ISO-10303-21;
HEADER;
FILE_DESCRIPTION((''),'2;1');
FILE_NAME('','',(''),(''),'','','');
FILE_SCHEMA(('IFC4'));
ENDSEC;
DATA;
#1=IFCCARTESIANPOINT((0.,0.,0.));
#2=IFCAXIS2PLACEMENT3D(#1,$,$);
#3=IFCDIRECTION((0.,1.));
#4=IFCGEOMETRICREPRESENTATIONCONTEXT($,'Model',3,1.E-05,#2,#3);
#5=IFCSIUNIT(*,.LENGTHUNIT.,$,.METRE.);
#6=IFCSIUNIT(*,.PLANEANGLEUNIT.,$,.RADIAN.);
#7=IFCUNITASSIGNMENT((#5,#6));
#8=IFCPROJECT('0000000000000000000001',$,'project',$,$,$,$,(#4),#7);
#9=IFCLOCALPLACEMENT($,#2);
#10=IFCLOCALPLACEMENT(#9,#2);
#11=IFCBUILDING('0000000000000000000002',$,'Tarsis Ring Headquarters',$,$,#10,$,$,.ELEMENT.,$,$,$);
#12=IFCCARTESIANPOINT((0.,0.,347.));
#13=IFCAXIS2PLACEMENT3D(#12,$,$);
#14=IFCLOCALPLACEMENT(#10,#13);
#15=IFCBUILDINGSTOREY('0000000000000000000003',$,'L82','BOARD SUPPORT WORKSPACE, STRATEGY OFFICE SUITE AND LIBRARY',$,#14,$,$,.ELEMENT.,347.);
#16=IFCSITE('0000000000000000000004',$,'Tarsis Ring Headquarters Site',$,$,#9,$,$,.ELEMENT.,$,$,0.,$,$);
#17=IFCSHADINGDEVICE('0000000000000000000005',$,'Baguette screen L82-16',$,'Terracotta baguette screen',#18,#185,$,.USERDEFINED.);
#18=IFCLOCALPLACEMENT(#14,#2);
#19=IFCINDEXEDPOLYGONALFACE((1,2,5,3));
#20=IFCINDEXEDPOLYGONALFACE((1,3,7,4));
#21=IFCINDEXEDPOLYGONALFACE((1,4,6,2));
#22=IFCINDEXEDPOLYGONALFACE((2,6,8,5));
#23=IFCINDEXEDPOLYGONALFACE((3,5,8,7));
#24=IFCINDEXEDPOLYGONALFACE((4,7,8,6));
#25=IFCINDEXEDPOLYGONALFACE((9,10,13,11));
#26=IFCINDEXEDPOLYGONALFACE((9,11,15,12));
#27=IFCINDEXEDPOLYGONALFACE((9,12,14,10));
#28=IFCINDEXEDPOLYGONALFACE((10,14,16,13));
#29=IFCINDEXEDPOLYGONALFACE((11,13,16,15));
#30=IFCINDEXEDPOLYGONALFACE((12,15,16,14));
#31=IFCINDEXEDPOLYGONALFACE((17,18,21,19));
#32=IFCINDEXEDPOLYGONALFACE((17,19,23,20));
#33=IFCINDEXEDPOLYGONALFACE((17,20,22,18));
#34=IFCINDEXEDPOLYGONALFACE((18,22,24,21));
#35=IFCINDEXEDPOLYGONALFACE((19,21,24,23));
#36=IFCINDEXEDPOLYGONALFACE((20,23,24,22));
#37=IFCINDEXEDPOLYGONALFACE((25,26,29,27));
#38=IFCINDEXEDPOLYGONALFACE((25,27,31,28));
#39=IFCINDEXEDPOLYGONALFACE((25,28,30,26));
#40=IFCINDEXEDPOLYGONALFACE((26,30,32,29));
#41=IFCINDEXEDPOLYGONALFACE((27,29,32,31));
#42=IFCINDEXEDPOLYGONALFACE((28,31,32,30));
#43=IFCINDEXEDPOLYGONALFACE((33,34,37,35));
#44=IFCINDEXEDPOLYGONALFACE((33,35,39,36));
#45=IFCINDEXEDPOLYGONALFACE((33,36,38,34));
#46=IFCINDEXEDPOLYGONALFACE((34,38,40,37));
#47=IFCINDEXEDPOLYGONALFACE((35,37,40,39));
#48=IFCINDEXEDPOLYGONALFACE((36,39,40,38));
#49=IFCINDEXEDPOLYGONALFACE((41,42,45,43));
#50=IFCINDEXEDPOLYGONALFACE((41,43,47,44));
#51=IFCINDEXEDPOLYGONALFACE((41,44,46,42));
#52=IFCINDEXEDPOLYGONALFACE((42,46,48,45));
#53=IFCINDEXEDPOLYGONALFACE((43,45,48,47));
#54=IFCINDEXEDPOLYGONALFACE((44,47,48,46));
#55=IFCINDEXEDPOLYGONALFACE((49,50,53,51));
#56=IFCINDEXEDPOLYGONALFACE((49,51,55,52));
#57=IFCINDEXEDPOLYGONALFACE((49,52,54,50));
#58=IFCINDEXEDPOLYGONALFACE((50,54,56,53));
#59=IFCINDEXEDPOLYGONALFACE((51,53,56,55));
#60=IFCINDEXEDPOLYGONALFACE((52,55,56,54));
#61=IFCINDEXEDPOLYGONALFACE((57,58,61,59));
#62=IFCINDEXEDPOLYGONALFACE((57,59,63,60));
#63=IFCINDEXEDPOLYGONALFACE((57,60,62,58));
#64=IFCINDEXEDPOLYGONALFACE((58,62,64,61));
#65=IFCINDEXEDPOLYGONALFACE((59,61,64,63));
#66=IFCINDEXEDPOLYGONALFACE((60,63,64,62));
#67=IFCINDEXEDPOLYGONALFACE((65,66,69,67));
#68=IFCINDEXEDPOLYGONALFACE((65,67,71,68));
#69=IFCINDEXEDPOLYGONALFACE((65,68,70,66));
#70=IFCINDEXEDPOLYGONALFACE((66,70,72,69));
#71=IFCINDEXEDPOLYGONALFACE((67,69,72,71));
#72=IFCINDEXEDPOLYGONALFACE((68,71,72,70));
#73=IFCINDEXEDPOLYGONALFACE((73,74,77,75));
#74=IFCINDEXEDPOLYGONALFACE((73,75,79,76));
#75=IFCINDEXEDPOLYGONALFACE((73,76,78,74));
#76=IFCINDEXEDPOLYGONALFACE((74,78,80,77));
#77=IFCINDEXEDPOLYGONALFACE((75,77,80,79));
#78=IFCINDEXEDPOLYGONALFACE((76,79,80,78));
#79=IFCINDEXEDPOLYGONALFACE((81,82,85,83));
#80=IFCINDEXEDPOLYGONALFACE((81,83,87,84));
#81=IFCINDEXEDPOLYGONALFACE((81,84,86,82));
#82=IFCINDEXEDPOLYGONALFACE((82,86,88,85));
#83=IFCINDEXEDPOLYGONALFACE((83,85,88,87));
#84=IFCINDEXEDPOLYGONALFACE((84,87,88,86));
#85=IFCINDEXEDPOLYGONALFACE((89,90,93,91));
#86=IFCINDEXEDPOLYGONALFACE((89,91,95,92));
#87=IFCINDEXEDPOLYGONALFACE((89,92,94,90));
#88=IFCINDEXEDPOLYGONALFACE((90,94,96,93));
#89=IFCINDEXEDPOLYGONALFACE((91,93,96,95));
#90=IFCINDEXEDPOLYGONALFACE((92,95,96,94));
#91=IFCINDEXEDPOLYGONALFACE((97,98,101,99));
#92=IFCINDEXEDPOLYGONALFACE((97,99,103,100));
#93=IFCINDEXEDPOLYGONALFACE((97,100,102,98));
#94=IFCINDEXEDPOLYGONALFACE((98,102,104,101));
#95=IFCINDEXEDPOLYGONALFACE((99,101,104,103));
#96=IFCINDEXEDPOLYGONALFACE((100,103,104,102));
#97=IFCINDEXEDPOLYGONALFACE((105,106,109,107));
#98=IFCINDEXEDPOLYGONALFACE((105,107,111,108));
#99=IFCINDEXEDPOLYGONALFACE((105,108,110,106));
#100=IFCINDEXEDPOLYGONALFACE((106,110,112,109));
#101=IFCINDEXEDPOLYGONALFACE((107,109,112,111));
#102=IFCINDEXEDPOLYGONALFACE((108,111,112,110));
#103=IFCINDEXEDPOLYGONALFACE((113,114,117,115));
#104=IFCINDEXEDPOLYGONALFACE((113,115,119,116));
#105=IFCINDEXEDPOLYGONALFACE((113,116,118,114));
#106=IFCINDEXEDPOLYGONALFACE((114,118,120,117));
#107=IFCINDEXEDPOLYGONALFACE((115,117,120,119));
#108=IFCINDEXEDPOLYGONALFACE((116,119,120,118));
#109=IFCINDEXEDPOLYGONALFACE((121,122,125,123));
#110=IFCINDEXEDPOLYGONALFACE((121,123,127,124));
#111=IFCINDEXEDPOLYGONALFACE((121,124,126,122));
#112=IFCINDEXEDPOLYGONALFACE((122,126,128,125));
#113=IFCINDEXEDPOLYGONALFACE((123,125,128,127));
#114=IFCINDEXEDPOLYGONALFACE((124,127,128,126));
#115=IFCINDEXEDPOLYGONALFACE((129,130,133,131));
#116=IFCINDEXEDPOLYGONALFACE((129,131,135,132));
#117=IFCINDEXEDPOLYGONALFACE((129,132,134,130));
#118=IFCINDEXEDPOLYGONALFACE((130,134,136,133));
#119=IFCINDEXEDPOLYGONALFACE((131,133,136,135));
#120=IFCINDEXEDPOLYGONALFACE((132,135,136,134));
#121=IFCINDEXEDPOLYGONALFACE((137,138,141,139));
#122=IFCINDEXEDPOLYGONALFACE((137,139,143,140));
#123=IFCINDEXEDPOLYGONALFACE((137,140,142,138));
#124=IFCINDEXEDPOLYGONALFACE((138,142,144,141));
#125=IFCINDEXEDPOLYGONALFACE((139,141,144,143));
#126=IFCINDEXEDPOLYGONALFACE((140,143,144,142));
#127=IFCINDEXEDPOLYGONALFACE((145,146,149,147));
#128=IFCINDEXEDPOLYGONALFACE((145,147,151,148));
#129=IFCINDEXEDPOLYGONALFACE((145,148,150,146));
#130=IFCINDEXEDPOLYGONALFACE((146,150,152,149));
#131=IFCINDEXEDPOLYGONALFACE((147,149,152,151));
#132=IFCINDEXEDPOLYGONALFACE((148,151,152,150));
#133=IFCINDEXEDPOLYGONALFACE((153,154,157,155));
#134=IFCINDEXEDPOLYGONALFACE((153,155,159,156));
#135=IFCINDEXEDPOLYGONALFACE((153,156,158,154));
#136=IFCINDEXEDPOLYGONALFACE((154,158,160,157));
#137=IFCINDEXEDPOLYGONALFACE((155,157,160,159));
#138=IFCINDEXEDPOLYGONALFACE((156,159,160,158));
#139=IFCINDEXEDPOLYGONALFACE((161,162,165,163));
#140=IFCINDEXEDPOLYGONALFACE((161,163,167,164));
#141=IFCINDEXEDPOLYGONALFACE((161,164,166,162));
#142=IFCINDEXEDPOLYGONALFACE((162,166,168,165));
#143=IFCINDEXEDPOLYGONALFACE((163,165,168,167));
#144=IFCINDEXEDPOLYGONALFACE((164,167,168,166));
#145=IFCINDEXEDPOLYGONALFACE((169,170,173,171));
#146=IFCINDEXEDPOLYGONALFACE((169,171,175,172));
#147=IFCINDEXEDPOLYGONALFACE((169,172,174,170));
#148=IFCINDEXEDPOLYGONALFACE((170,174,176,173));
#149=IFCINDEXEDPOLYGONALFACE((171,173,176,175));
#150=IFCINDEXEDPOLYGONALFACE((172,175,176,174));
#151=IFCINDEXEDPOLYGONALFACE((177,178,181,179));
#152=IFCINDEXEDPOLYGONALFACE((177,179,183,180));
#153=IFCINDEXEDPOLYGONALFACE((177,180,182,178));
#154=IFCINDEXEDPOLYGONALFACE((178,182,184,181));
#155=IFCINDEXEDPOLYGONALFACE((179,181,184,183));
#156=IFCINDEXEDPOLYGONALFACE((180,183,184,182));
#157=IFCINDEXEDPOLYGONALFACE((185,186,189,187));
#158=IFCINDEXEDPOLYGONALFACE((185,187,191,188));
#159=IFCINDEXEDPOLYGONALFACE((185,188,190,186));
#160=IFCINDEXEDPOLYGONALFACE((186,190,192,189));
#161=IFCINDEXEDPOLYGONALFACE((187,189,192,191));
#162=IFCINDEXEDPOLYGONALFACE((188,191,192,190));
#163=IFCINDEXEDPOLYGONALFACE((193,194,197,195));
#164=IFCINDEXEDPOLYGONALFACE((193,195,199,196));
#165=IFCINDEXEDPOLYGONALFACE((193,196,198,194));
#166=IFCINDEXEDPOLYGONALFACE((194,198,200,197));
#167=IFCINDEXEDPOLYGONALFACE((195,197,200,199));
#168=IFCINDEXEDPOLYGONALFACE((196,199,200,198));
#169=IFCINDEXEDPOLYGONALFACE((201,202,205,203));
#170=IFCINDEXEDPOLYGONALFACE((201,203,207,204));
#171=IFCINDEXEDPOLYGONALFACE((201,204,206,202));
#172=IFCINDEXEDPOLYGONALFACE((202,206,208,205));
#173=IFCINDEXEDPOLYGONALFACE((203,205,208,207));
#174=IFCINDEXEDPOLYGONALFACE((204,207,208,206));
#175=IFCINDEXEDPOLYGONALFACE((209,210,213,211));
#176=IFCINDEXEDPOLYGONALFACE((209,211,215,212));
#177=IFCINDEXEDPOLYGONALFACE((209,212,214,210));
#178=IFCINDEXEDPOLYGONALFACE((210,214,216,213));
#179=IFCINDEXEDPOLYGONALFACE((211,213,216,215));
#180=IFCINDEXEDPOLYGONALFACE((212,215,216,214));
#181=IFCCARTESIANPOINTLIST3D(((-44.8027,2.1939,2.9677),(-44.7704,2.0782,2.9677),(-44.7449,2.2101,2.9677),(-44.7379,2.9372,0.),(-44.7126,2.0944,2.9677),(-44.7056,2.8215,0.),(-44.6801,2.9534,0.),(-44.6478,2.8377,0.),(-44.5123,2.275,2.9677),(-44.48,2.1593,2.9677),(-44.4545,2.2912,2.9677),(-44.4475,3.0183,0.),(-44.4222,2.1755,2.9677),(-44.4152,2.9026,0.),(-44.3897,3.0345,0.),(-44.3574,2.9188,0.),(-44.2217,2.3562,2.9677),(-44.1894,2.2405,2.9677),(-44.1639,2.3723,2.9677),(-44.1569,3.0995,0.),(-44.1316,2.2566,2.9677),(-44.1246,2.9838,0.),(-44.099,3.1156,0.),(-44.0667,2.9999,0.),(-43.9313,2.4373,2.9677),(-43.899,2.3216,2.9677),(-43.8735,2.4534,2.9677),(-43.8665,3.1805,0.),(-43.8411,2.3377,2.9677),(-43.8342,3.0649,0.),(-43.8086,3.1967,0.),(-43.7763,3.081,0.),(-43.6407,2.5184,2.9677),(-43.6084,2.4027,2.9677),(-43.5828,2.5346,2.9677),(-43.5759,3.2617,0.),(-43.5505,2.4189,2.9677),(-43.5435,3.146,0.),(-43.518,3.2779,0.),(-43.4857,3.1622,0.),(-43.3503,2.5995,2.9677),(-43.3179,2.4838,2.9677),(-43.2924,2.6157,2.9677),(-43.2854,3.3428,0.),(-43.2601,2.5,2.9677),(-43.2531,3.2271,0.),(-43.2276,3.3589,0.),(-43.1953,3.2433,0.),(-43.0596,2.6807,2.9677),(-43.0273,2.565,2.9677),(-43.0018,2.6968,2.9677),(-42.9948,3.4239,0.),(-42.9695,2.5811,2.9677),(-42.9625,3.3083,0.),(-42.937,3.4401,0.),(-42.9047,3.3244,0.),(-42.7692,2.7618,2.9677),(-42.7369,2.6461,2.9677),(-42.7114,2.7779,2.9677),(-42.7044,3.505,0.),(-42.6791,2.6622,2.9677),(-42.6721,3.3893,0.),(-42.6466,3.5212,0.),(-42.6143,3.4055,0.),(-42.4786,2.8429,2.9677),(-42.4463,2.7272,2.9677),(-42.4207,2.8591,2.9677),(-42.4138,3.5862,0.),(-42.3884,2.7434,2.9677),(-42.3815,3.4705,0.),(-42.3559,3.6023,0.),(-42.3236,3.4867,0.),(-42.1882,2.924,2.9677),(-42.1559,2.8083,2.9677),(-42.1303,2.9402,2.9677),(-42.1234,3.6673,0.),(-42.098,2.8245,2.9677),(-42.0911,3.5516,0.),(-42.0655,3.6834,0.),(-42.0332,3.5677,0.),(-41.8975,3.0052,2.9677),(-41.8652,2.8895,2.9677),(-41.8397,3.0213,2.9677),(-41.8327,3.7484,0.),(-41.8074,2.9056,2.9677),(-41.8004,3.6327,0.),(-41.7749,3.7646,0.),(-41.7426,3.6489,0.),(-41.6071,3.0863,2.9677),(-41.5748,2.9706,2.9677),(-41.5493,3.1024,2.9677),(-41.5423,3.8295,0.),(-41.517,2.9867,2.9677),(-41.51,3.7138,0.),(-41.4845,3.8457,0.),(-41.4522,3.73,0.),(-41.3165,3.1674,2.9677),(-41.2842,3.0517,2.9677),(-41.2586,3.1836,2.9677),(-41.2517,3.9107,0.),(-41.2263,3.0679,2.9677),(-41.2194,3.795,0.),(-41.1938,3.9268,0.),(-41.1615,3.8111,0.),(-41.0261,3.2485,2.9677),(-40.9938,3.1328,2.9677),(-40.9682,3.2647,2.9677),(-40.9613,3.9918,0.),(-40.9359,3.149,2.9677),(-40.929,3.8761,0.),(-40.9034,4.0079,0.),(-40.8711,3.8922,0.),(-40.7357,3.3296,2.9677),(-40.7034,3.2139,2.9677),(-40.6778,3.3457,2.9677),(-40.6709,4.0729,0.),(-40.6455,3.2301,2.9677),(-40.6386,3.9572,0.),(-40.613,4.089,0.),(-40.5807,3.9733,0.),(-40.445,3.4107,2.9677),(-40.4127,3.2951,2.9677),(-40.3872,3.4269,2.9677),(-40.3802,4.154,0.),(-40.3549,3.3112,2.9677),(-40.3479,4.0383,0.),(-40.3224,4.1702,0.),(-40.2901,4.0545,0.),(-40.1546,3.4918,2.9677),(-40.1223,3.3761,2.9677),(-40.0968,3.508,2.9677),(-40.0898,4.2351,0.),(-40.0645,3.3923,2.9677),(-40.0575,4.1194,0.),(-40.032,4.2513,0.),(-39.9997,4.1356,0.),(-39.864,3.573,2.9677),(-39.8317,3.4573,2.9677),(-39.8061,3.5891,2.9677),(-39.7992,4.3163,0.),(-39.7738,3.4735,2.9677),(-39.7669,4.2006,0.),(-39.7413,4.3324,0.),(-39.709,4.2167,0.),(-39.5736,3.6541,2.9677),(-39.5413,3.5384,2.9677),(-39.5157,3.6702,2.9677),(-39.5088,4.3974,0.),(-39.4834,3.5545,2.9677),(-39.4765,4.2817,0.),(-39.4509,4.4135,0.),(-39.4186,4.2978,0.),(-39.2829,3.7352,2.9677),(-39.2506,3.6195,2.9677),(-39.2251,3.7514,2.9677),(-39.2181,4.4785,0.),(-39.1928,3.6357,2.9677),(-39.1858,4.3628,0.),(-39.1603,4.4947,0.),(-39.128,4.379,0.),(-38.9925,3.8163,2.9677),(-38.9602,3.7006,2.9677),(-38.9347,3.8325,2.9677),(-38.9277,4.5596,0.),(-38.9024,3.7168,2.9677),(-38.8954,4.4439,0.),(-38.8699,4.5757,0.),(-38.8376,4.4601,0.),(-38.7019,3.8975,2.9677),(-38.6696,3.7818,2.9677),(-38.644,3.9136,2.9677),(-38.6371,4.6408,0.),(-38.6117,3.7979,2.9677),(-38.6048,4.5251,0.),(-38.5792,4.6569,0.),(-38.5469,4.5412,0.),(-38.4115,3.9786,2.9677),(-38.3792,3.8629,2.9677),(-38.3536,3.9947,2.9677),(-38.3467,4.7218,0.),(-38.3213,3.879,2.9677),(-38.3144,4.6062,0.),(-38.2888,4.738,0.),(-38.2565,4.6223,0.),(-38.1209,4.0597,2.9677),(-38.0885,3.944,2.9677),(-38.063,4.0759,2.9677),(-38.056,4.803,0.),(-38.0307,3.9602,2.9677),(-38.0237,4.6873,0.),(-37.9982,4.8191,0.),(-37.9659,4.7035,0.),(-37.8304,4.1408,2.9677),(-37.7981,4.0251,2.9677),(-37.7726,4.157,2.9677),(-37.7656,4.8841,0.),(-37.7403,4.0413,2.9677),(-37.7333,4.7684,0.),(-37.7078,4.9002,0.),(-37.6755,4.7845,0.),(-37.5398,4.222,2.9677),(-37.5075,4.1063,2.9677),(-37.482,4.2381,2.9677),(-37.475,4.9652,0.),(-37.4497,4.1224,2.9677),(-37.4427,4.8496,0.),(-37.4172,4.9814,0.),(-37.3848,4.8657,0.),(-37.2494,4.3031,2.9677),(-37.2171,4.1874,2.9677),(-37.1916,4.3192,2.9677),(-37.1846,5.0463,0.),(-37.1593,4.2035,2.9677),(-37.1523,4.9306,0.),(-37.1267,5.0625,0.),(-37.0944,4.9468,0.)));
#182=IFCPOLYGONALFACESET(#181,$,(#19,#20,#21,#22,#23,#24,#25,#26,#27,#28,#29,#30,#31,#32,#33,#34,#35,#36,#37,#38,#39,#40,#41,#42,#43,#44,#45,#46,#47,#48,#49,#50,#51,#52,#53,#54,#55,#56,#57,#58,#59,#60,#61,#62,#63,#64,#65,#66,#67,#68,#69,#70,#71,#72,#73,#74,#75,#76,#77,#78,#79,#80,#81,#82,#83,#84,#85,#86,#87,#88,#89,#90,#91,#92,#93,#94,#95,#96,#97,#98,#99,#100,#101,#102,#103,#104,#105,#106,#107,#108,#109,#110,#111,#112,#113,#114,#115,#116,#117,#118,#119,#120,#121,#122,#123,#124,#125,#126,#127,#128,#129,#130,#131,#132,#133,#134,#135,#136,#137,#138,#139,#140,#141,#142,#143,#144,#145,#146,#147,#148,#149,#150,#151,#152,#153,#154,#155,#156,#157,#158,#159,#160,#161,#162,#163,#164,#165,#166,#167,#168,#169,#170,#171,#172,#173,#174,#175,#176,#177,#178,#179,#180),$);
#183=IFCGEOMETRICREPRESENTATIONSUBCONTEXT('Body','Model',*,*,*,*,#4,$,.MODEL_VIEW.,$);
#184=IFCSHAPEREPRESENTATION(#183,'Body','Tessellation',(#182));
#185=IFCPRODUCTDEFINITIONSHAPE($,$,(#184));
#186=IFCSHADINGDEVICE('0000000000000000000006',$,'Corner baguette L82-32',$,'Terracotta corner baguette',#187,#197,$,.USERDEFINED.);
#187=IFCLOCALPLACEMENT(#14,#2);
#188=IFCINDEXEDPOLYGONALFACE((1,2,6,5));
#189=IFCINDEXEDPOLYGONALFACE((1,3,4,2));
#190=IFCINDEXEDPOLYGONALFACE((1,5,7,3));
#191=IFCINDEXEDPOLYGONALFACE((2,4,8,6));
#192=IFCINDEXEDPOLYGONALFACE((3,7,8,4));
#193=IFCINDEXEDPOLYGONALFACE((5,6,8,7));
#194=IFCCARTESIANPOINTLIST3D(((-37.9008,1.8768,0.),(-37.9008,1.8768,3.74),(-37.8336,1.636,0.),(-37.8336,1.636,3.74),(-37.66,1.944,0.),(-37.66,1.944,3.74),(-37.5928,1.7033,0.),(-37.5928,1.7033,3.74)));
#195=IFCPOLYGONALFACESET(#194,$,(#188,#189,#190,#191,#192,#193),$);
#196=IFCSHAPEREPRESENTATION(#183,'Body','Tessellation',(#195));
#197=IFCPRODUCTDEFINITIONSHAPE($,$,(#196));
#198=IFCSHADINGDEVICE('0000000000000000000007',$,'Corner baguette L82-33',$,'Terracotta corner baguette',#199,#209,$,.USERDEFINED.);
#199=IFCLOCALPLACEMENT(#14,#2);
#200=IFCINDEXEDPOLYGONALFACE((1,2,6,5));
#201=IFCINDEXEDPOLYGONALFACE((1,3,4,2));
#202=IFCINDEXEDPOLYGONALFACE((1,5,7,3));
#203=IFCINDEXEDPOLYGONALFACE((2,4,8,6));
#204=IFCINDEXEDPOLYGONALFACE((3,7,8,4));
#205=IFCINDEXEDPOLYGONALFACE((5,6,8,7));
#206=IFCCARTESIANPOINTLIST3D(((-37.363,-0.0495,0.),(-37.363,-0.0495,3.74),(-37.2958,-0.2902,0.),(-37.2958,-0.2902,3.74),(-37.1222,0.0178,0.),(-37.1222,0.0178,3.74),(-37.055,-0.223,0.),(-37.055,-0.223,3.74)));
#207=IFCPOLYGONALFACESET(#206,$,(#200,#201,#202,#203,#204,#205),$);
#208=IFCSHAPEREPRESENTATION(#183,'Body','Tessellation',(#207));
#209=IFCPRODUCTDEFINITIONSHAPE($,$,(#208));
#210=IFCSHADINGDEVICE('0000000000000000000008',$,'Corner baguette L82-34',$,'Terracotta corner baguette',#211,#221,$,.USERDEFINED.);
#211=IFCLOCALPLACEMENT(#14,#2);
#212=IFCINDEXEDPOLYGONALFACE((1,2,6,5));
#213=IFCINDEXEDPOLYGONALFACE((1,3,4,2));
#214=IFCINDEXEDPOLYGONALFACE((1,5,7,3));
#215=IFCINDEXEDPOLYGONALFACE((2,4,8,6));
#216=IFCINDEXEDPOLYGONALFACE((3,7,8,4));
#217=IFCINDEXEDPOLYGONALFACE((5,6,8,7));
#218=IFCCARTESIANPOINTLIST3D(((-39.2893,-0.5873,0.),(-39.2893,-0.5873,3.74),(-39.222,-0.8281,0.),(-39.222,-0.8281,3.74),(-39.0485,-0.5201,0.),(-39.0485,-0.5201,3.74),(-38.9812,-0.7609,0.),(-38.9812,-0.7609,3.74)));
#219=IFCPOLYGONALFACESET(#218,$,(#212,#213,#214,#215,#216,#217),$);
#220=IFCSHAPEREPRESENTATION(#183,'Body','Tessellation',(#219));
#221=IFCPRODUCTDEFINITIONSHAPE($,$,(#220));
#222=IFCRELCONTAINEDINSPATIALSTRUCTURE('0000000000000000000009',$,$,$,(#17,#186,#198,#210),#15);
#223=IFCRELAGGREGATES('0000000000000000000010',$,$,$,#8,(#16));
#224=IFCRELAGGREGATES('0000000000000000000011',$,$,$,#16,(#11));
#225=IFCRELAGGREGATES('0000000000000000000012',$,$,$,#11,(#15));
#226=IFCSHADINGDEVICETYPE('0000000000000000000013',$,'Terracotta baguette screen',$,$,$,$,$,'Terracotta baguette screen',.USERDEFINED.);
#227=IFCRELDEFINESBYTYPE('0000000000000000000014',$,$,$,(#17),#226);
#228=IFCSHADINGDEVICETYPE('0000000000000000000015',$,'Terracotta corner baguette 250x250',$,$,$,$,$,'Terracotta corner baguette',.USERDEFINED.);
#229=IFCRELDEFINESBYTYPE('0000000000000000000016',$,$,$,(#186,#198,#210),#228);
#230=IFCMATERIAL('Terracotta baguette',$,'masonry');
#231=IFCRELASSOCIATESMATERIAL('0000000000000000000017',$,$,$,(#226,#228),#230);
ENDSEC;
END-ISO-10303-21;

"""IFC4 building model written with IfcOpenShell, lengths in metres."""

from ifc_helpers import new_model, si_unit, direction, frame, frame_2d, origin, origin_2d, place, context, subcontext, project, spatial, rectangle, composite_profile, extrude, material, type_object, element, save


model = new_model("IFC4")

# Units and contexts
model_context = context("Model", 3, precision=1e-05, world=origin(), true_north=direction((0.0, 1.0)))
body_context = subcontext(model_context, "Body", "Model", "MODEL_VIEW")
ifc_project = project(units=[si_unit("LENGTHUNIT", "METRE"), si_unit("PLANEANGLEUNIT", "RADIAN")], contexts=[model_context])

# Site, building, storey
site_placement = place(None, origin())
site = spatial("IfcSite", under=ifc_project, at=site_placement, Name="Tarsis Ring Headquarters Site", CompositionType="ELEMENT", RefElevation=0.0)
building_placement = place(site_placement, origin())
building = spatial("IfcBuilding", under=site, at=building_placement, Name="Tarsis Ring Headquarters", CompositionType="ELEMENT")
storey_placement = place(building_placement, frame((0.0, 0.0, 347.0)))
storey = spatial("IfcBuildingStorey", under=building, at=storey_placement, Name="L82", Description="BOARD SUPPORT WORKSPACE, STRATEGY OFFICE SUITE AND LIBRARY", CompositionType="ELEMENT", Elevation=347.0)

# Shading devices
ifc_material_1 = material(Name="Terracotta baguette", Category="masonry")
shading_device_type_1 = type_object("IfcShadingDeviceType", Name="Terracotta baguette screen", ElementType="Terracotta baguette screen", PredefinedType="USERDEFINED", material=ifc_material_1)
shading_device_1_placement = place(storey_placement, frame((-37.1106, 5.0046, 0.0), z_axis=(0.0, 0.0, 1.0), x_axis=(-0.963143, -0.268938, 0.0)))
element("IfcShadingDevice", 1, at=shading_device_1_placement, inside=storey, type_object=shading_device_type_1, Name="Baguette screen L82-16", ObjectType="Terracotta baguette screen", PredefinedType="USERDEFINED", context=body_context, shape_type="SweptSolid", body=[
    extrude(composite_profile([rectangle(XDim=0.0601, YDim=0.1201, at=frame_2d((0.03, 0.0))), rectangle(XDim=0.0601, YDim=0.1201, at=frame_2d((0.3315, 0.0))), rectangle(XDim=0.0601, YDim=0.1201, at=frame_2d((0.6333, 0.0))), rectangle(XDim=0.0601, YDim=0.1201, at=frame_2d((0.9348, 0.0))), rectangle(XDim=0.0601, YDim=0.1201, at=frame_2d((1.2366, 0.0))), rectangle(XDim=0.0601, YDim=0.1201, at=frame_2d((1.5381, 0.0))), rectangle(XDim=0.0601, YDim=0.1201, at=frame_2d((1.8398, 0.0))), rectangle(XDim=0.0601, YDim=0.1201, at=frame_2d((2.1414, 0.0))), rectangle(XDim=0.0601, YDim=0.1201, at=frame_2d((2.4431, 0.0))), rectangle(XDim=0.0601, YDim=0.1201, at=frame_2d((2.7446, 0.0))), rectangle(XDim=0.0601, YDim=0.1201, at=frame_2d((3.0464, 0.0))), rectangle(XDim=0.0601, YDim=0.1201, at=frame_2d((3.3479, 0.0))), rectangle(XDim=0.0601, YDim=0.1201, at=frame_2d((3.6497, 0.0))), rectangle(XDim=0.0601, YDim=0.1201, at=frame_2d((3.9512, 0.0))), rectangle(XDim=0.0601, YDim=0.1201, at=frame_2d((4.2527, 0.0))), rectangle(XDim=0.0601, YDim=0.1201, at=frame_2d((4.5544, 0.0))), rectangle(XDim=0.0601, YDim=0.1201, at=frame_2d((4.856, 0.0))), rectangle(XDim=0.0601, YDim=0.1201, at=frame_2d((5.1577, 0.0))), rectangle(XDim=0.0601, YDim=0.1201, at=frame_2d((5.4592, 0.0))), rectangle(XDim=0.0601, YDim=0.1201, at=frame_2d((5.761, 0.0))), rectangle(XDim=0.0601, YDim=0.1201, at=frame_2d((6.0625, 0.0))), rectangle(XDim=0.0601, YDim=0.1201, at=frame_2d((6.3643, 0.0))), rectangle(XDim=0.0601, YDim=0.1201, at=frame_2d((6.6658, 0.0))), rectangle(XDim=0.0601, YDim=0.1201, at=frame_2d((6.9675, 0.0))), rectangle(XDim=0.0601, YDim=0.1201, at=frame_2d((7.269, 0.0))), rectangle(XDim=0.0601, YDim=0.1201, at=frame_2d((7.5708, 0.0))), rectangle(XDim=0.0601, YDim=0.1201, at=frame_2d((7.8723, 0.0)))]), origin(), (0.085723, 0.228249, 0.969822), 3.0601),
])
shading_device_type_2 = type_object("IfcShadingDeviceType", Name="Terracotta corner baguette 250x250", ElementType="Terracotta corner baguette", PredefinedType="USERDEFINED", material=ifc_material_1)
for number, where, z_axis, x_axis, name in (
    (2, (-37.7468, 1.79, 0.0), (0.0, 0.0, 1.0), (-0.963163, -0.26892, 0.0), "Corner baguette L82-32"),
    (3, (-37.209, -0.1362, 0.0), (0.0, 0.0, 1.0), (0.26892, -0.963163, 0.0), "Corner baguette L82-33"),
    (4, (-39.1353, -0.6741, 0.0), (0.0, 0.0, 1.0), (-0.963163, -0.26892, 0.0), "Corner baguette L82-34"),
):
    element("IfcShadingDevice", number, at=place(storey_placement, frame(where, z_axis=z_axis, x_axis=x_axis)), inside=storey, type_object=shading_device_type_2, Name=name, ObjectType="Terracotta corner baguette", PredefinedType="USERDEFINED", context=body_context, shape_type="SweptSolid", body=[
        extrude(rectangle(XDim=0.25, YDim=0.25, at=origin_2d()), origin(), (0.0, 0.0, 1.0), 3.74),
    ])

save(model, "model.ifc")
